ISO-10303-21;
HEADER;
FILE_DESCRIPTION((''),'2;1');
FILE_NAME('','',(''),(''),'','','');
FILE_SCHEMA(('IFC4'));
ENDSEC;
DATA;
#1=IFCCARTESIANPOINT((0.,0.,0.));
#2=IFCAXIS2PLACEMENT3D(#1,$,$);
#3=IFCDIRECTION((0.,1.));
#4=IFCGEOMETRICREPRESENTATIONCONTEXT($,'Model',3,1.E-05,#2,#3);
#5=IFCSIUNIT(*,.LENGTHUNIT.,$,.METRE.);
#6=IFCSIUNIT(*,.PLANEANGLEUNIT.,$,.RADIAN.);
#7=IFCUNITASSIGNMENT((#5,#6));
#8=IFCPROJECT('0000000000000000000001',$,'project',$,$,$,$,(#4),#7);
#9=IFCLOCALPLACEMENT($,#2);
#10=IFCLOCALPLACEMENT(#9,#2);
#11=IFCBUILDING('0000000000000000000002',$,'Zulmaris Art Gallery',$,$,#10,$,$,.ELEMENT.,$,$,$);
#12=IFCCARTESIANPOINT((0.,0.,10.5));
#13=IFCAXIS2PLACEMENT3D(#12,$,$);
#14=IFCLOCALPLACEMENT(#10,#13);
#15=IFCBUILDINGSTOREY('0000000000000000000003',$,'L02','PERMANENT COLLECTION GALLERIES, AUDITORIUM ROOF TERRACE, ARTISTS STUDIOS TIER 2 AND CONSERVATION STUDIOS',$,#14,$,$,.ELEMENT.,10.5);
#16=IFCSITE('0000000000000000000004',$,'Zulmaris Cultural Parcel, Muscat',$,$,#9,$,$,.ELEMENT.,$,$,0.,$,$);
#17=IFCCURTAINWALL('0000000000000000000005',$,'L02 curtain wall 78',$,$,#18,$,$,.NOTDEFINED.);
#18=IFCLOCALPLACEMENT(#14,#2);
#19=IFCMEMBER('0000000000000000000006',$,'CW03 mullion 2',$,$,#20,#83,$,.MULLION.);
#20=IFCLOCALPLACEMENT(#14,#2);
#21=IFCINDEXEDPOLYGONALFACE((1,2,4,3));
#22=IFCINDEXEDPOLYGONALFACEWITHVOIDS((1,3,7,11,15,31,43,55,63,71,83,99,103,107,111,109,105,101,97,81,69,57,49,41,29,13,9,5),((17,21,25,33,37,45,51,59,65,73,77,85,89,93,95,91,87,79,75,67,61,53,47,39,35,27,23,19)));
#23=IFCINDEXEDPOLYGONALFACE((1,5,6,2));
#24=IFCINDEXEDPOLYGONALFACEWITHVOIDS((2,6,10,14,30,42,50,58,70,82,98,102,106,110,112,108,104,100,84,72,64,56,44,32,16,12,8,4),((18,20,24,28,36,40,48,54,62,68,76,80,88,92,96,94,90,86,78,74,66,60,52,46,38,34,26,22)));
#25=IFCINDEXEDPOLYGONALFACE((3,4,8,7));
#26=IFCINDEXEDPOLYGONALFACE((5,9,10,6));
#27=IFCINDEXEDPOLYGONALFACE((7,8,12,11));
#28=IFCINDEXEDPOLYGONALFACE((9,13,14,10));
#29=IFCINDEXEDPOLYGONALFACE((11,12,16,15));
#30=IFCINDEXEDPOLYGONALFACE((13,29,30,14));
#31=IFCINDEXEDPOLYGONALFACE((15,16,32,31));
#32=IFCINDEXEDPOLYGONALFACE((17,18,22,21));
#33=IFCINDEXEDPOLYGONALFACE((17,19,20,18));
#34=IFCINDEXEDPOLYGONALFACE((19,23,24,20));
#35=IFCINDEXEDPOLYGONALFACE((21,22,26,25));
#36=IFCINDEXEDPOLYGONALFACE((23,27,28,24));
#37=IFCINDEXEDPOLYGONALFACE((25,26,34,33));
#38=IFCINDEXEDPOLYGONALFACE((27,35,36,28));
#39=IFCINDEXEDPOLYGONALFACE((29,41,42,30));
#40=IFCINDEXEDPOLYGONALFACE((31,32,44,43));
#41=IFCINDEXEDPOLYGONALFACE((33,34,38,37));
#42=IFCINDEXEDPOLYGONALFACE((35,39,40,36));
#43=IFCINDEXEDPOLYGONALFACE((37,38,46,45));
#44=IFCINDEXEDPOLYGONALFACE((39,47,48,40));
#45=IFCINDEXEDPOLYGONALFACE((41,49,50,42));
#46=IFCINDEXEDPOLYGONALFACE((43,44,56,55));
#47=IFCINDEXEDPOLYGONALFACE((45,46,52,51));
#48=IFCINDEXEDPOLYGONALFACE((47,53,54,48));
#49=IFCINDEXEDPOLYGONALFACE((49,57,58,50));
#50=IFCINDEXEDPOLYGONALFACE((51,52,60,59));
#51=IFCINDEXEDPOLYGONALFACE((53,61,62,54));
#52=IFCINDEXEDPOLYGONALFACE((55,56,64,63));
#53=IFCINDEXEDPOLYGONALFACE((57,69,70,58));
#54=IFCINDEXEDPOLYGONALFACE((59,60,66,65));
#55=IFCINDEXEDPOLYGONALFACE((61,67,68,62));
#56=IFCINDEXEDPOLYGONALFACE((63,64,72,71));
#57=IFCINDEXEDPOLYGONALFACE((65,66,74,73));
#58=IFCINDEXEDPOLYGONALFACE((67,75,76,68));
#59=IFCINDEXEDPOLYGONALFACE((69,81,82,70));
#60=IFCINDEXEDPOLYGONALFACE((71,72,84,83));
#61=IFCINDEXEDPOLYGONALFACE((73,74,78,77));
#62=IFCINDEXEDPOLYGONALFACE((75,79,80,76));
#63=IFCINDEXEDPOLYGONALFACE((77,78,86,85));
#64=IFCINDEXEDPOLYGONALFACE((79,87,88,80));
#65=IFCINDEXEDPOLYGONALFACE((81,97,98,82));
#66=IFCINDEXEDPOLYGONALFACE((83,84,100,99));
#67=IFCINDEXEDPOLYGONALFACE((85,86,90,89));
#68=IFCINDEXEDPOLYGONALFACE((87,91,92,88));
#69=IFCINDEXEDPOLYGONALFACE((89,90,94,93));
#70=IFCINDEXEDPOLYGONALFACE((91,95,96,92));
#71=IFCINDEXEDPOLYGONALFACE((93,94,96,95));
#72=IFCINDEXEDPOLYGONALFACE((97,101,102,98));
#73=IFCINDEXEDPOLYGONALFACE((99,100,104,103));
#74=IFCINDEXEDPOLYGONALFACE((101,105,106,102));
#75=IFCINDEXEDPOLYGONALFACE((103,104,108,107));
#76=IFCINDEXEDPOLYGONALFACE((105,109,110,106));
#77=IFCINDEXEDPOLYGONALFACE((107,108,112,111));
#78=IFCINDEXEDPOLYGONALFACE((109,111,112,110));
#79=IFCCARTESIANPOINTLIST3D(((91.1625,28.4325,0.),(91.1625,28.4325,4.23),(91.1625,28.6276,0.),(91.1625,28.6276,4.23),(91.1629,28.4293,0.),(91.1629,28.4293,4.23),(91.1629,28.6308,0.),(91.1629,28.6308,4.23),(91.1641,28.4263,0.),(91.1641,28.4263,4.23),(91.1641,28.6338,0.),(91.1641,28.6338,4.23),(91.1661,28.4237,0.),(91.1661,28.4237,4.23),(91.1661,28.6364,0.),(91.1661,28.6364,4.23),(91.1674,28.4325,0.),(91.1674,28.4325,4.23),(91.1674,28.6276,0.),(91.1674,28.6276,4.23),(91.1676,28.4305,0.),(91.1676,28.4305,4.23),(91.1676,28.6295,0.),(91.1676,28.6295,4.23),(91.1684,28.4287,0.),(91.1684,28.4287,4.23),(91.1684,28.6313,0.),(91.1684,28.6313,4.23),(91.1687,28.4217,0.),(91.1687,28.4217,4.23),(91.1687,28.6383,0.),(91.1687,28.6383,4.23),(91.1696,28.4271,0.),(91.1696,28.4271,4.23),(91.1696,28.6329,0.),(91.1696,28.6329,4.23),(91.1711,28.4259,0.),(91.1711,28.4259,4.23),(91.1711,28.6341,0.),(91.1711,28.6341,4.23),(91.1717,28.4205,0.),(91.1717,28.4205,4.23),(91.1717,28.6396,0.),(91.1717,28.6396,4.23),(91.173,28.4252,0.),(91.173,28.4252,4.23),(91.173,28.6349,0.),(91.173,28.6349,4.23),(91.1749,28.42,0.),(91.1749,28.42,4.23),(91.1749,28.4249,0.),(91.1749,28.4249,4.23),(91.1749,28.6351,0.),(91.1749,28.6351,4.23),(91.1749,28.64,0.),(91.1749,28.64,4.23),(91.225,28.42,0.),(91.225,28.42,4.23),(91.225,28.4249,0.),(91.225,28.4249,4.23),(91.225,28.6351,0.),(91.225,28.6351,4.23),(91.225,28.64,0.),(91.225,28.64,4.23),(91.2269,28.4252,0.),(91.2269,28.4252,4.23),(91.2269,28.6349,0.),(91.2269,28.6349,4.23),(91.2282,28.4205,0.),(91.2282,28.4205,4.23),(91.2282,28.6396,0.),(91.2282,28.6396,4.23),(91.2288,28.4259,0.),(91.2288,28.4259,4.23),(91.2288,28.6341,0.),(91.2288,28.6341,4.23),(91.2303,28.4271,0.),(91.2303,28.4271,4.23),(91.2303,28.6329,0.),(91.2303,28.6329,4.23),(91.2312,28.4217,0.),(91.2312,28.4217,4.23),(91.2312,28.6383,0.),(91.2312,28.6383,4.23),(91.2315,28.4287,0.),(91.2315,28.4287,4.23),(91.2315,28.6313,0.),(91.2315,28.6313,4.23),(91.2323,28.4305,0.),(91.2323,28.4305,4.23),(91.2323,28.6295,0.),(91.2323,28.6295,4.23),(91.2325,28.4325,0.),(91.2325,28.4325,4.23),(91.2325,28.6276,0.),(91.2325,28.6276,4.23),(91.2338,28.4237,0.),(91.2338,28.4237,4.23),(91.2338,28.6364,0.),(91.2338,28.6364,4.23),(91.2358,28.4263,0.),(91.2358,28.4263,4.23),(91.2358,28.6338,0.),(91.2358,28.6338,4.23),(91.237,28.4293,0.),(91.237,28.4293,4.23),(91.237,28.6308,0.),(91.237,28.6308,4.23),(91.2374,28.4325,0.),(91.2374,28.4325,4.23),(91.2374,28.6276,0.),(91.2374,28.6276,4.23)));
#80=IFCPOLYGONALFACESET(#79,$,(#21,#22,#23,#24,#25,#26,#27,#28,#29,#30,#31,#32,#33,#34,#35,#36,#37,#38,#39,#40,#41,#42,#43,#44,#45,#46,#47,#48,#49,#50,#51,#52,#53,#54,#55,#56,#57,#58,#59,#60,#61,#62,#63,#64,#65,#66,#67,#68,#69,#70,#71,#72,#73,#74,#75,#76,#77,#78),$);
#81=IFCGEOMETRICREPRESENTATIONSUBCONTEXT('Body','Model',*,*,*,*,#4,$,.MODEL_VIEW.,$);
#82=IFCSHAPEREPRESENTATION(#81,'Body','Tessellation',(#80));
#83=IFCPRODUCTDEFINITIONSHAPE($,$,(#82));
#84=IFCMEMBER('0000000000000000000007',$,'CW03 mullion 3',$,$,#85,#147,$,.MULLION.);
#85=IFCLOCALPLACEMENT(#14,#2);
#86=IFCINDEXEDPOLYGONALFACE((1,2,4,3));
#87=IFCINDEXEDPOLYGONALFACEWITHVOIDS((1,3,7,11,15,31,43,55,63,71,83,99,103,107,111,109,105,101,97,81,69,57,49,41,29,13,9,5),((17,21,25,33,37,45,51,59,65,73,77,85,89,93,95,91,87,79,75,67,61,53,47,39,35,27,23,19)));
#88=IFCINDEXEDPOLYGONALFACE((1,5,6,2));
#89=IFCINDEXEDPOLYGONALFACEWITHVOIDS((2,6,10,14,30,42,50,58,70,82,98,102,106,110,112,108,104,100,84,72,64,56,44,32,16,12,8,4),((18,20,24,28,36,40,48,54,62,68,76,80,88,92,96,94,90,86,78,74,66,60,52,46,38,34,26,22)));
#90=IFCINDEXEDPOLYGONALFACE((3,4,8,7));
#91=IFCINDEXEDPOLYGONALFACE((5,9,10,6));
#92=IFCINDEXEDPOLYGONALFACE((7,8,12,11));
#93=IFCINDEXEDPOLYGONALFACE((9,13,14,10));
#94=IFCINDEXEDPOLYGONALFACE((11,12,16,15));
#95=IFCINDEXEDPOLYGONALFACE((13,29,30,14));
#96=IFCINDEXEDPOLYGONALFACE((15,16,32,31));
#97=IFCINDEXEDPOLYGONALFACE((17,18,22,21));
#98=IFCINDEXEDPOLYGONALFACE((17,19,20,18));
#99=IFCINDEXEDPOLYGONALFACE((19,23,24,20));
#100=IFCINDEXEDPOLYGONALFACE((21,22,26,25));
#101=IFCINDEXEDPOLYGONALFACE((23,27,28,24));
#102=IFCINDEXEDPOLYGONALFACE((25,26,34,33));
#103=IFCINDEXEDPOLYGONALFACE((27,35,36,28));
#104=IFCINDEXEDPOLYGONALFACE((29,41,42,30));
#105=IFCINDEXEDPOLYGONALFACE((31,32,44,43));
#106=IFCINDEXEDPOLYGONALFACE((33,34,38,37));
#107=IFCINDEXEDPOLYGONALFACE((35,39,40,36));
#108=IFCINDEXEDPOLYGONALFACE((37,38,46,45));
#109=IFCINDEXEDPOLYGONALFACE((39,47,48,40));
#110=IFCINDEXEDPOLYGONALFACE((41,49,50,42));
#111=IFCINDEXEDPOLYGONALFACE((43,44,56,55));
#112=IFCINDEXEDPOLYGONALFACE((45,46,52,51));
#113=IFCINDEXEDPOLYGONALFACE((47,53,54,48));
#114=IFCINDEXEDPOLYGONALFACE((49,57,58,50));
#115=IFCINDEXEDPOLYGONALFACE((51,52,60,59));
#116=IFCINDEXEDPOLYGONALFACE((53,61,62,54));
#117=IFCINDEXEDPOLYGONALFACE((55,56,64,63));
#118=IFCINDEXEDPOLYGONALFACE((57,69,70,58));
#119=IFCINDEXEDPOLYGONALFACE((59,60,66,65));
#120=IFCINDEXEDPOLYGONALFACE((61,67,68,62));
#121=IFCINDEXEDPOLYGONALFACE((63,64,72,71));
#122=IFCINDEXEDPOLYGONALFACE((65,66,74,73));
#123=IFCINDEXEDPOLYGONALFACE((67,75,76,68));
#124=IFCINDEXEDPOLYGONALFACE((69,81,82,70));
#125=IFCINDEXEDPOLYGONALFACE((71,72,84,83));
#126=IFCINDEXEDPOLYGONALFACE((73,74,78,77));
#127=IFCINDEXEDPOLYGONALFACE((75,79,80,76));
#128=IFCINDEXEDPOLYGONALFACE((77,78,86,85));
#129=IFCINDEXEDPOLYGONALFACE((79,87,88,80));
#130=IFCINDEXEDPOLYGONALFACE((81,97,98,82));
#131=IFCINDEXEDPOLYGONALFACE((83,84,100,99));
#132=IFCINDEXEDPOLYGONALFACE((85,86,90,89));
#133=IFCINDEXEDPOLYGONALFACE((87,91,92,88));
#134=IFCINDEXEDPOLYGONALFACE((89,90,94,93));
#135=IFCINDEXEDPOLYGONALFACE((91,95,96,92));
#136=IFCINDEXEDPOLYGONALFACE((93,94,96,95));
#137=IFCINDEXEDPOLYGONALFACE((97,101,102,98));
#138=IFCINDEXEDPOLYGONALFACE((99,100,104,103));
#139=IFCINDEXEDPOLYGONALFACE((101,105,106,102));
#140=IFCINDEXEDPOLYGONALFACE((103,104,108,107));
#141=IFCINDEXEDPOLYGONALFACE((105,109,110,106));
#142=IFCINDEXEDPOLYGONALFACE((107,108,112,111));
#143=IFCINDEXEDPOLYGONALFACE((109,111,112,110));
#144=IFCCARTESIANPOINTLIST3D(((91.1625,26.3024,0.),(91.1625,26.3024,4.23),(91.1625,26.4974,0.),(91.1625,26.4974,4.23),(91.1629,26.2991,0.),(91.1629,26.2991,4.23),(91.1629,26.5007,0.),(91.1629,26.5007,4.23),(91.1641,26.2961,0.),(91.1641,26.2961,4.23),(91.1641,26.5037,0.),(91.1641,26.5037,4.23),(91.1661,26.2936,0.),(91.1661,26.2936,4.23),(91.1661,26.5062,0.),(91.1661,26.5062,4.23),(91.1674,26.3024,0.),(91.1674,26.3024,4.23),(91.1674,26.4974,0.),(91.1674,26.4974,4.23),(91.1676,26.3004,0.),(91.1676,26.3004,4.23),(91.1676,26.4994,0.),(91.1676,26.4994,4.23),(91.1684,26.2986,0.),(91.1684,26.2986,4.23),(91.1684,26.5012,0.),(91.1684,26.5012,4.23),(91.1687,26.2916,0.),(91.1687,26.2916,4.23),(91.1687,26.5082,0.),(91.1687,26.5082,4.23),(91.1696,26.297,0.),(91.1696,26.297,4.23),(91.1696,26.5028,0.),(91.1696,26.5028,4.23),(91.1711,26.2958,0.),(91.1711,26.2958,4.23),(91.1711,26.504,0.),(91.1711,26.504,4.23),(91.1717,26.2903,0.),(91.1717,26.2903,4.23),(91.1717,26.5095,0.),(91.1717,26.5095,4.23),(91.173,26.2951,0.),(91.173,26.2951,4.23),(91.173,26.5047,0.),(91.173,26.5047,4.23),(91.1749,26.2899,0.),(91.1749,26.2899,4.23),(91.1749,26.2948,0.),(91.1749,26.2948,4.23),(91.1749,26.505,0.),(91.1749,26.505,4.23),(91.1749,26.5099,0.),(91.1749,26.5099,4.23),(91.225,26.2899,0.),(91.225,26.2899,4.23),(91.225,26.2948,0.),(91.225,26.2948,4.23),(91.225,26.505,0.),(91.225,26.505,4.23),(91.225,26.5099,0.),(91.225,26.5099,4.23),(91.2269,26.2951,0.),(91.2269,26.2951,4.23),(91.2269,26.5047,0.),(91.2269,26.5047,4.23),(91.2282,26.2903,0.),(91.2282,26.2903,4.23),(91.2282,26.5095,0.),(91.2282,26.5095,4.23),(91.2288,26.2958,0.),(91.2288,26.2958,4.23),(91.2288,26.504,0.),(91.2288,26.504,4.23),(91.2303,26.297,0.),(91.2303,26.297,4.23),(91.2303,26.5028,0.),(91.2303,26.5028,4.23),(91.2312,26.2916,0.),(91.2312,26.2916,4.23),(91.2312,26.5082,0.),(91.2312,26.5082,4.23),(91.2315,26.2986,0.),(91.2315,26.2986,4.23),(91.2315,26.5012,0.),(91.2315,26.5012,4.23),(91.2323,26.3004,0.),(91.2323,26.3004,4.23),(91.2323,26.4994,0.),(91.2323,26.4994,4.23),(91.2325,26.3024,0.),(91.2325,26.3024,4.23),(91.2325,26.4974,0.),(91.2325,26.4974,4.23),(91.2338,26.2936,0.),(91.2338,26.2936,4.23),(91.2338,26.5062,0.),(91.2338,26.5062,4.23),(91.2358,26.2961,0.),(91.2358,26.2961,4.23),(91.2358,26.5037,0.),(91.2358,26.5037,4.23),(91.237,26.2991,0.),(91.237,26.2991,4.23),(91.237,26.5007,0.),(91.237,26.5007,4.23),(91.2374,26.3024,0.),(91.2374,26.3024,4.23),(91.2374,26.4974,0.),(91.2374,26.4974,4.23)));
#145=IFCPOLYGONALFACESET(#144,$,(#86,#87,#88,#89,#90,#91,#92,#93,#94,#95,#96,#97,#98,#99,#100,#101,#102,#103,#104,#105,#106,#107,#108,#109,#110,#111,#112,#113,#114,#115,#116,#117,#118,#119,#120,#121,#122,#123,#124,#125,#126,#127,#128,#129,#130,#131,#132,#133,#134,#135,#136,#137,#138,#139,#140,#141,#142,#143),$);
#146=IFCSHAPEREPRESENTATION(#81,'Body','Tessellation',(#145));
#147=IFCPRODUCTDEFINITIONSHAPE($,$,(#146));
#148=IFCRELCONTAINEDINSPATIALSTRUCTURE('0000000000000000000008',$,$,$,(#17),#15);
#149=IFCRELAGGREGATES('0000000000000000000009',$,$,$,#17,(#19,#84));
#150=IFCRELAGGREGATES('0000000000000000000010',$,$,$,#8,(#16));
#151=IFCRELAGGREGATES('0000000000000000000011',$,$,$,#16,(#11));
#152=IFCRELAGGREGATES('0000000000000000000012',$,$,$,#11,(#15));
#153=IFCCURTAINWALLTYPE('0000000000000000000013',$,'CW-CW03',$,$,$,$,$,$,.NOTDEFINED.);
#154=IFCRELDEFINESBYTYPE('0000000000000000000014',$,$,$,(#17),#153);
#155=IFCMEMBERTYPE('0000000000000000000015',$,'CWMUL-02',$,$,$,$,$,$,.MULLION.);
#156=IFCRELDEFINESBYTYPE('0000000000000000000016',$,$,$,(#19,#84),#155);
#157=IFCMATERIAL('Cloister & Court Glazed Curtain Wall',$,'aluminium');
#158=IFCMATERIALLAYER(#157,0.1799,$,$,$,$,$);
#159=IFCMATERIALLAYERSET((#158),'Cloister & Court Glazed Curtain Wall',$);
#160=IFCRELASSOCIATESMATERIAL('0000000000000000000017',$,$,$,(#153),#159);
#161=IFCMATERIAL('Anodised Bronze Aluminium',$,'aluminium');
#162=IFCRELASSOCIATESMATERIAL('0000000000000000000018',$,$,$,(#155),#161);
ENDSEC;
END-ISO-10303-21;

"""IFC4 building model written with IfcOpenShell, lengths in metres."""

from ifc_helpers import new_model, si_unit, direction, frame, origin, origin_2d, place, context, subcontext, project, spatial, hollow_rectangle, extrude, material, layer, layer_set, material_profile, profile_set, type_object, element, aggregate, save


model = new_model("IFC4")

# Units and contexts
model_context = context("Model", 3, precision=1e-05, world=origin(), true_north=direction((0.0, 1.0)))
body_context = subcontext(model_context, "Body", "Model", "MODEL_VIEW")
ifc_project = project(units=[si_unit("LENGTHUNIT", "METRE"), si_unit("PLANEANGLEUNIT", "RADIAN")], contexts=[model_context])

# Site, building, storey
site_placement = place(None, origin())
site = spatial("IfcSite", under=ifc_project, at=site_placement, Name="Zulmaris Cultural Parcel, Muscat", CompositionType="ELEMENT", RefElevation=0.0)
building_placement = place(site_placement, origin())
building = spatial("IfcBuilding", under=site, at=building_placement, Name="Zulmaris Art Gallery", CompositionType="ELEMENT")
storey_placement = place(building_placement, frame((0.0, 0.0, 10.5)))
storey = spatial("IfcBuildingStorey", under=building, at=storey_placement, Name="L02", Description="PERMANENT COLLECTION GALLERIES, AUDITORIUM ROOF TERRACE, ARTISTS STUDIOS TIER 2 AND CONSERVATION STUDIOS", CompositionType="ELEMENT", Elevation=10.5)

# Curtain wall, members
ifc_material_1 = material(Name="Cloister & Court Glazed Curtain Wall", Category="aluminium")
ifc_layer_1 = layer(ifc_material_1, 0.1799)
ifc_layer_set_1 = layer_set([ifc_layer_1], Name="Cloister & Court Glazed Curtain Wall")
curtain_wall_type = type_object("IfcCurtainWallType", Name="CW-CW03", PredefinedType="NOTDEFINED", material=ifc_layer_set_1)
curtain_wall_1_placement = place(storey_placement, origin())
curtain_wall_1 = element("IfcCurtainWall", 1, at=curtain_wall_1_placement, inside=storey, type_object=curtain_wall_type, Name="L02 curtain wall 78", PredefinedType="NOTDEFINED")
ifc_material_2 = material(Name="Anodised Bronze Aluminium", Category="aluminium")
ifc_material_profile_1 = material_profile(ifc_material_2, hollow_rectangle(XDim=0.075, YDim=0.22, WallThickness=0.0049, InnerFilletRadius=0.0076, OuterFilletRadius=0.0125, at=origin_2d()), Name="ALU 75x220x5")
ifc_profile_set_1 = profile_set([ifc_material_profile_1], Name="Anodised Bronze Aluminium")
member_type_1 = type_object("IfcMemberType", Name="CWMUL-02", PredefinedType="MULLION", material=ifc_profile_set_1)
member_1_placement = place(storey_placement, frame((91.2, 28.53, 0.0), z_axis=(0.0, 0.0, 1.0), x_axis=(1.0, 0.0, 0.0)))
member_1 = element("IfcMember", 2, at=member_1_placement, type_object=member_type_1, Name="CW03 mullion 2", PredefinedType="MULLION", context=body_context, shape_type="SweptSolid", body=[
    extrude(hollow_rectangle(XDim=0.075, YDim=0.22, WallThickness=0.0049, InnerFilletRadius=0.0076, OuterFilletRadius=0.0125, at=origin_2d()), origin(), (0.0, 0.0, 1.0), 4.23),
])
member_2_placement = place(storey_placement, frame((91.2, 26.3999, 0.0), z_axis=(0.0, 0.0, 1.0), x_axis=(1.0, 0.0, 0.0)))
member_2 = element("IfcMember", 3, at=member_2_placement, type_object=member_type_1, Name="CW03 mullion 3", PredefinedType="MULLION", context=body_context, shape_type="SweptSolid", body=[
    extrude(hollow_rectangle(XDim=0.075, YDim=0.22, WallThickness=0.0049, InnerFilletRadius=0.0076, OuterFilletRadius=0.0125, at=origin_2d()), origin(), (0.0, 0.0, 1.0), 4.23),
])

aggregate(curtain_wall_1, [member_1, member_2])

save(model, "model.ifc")
